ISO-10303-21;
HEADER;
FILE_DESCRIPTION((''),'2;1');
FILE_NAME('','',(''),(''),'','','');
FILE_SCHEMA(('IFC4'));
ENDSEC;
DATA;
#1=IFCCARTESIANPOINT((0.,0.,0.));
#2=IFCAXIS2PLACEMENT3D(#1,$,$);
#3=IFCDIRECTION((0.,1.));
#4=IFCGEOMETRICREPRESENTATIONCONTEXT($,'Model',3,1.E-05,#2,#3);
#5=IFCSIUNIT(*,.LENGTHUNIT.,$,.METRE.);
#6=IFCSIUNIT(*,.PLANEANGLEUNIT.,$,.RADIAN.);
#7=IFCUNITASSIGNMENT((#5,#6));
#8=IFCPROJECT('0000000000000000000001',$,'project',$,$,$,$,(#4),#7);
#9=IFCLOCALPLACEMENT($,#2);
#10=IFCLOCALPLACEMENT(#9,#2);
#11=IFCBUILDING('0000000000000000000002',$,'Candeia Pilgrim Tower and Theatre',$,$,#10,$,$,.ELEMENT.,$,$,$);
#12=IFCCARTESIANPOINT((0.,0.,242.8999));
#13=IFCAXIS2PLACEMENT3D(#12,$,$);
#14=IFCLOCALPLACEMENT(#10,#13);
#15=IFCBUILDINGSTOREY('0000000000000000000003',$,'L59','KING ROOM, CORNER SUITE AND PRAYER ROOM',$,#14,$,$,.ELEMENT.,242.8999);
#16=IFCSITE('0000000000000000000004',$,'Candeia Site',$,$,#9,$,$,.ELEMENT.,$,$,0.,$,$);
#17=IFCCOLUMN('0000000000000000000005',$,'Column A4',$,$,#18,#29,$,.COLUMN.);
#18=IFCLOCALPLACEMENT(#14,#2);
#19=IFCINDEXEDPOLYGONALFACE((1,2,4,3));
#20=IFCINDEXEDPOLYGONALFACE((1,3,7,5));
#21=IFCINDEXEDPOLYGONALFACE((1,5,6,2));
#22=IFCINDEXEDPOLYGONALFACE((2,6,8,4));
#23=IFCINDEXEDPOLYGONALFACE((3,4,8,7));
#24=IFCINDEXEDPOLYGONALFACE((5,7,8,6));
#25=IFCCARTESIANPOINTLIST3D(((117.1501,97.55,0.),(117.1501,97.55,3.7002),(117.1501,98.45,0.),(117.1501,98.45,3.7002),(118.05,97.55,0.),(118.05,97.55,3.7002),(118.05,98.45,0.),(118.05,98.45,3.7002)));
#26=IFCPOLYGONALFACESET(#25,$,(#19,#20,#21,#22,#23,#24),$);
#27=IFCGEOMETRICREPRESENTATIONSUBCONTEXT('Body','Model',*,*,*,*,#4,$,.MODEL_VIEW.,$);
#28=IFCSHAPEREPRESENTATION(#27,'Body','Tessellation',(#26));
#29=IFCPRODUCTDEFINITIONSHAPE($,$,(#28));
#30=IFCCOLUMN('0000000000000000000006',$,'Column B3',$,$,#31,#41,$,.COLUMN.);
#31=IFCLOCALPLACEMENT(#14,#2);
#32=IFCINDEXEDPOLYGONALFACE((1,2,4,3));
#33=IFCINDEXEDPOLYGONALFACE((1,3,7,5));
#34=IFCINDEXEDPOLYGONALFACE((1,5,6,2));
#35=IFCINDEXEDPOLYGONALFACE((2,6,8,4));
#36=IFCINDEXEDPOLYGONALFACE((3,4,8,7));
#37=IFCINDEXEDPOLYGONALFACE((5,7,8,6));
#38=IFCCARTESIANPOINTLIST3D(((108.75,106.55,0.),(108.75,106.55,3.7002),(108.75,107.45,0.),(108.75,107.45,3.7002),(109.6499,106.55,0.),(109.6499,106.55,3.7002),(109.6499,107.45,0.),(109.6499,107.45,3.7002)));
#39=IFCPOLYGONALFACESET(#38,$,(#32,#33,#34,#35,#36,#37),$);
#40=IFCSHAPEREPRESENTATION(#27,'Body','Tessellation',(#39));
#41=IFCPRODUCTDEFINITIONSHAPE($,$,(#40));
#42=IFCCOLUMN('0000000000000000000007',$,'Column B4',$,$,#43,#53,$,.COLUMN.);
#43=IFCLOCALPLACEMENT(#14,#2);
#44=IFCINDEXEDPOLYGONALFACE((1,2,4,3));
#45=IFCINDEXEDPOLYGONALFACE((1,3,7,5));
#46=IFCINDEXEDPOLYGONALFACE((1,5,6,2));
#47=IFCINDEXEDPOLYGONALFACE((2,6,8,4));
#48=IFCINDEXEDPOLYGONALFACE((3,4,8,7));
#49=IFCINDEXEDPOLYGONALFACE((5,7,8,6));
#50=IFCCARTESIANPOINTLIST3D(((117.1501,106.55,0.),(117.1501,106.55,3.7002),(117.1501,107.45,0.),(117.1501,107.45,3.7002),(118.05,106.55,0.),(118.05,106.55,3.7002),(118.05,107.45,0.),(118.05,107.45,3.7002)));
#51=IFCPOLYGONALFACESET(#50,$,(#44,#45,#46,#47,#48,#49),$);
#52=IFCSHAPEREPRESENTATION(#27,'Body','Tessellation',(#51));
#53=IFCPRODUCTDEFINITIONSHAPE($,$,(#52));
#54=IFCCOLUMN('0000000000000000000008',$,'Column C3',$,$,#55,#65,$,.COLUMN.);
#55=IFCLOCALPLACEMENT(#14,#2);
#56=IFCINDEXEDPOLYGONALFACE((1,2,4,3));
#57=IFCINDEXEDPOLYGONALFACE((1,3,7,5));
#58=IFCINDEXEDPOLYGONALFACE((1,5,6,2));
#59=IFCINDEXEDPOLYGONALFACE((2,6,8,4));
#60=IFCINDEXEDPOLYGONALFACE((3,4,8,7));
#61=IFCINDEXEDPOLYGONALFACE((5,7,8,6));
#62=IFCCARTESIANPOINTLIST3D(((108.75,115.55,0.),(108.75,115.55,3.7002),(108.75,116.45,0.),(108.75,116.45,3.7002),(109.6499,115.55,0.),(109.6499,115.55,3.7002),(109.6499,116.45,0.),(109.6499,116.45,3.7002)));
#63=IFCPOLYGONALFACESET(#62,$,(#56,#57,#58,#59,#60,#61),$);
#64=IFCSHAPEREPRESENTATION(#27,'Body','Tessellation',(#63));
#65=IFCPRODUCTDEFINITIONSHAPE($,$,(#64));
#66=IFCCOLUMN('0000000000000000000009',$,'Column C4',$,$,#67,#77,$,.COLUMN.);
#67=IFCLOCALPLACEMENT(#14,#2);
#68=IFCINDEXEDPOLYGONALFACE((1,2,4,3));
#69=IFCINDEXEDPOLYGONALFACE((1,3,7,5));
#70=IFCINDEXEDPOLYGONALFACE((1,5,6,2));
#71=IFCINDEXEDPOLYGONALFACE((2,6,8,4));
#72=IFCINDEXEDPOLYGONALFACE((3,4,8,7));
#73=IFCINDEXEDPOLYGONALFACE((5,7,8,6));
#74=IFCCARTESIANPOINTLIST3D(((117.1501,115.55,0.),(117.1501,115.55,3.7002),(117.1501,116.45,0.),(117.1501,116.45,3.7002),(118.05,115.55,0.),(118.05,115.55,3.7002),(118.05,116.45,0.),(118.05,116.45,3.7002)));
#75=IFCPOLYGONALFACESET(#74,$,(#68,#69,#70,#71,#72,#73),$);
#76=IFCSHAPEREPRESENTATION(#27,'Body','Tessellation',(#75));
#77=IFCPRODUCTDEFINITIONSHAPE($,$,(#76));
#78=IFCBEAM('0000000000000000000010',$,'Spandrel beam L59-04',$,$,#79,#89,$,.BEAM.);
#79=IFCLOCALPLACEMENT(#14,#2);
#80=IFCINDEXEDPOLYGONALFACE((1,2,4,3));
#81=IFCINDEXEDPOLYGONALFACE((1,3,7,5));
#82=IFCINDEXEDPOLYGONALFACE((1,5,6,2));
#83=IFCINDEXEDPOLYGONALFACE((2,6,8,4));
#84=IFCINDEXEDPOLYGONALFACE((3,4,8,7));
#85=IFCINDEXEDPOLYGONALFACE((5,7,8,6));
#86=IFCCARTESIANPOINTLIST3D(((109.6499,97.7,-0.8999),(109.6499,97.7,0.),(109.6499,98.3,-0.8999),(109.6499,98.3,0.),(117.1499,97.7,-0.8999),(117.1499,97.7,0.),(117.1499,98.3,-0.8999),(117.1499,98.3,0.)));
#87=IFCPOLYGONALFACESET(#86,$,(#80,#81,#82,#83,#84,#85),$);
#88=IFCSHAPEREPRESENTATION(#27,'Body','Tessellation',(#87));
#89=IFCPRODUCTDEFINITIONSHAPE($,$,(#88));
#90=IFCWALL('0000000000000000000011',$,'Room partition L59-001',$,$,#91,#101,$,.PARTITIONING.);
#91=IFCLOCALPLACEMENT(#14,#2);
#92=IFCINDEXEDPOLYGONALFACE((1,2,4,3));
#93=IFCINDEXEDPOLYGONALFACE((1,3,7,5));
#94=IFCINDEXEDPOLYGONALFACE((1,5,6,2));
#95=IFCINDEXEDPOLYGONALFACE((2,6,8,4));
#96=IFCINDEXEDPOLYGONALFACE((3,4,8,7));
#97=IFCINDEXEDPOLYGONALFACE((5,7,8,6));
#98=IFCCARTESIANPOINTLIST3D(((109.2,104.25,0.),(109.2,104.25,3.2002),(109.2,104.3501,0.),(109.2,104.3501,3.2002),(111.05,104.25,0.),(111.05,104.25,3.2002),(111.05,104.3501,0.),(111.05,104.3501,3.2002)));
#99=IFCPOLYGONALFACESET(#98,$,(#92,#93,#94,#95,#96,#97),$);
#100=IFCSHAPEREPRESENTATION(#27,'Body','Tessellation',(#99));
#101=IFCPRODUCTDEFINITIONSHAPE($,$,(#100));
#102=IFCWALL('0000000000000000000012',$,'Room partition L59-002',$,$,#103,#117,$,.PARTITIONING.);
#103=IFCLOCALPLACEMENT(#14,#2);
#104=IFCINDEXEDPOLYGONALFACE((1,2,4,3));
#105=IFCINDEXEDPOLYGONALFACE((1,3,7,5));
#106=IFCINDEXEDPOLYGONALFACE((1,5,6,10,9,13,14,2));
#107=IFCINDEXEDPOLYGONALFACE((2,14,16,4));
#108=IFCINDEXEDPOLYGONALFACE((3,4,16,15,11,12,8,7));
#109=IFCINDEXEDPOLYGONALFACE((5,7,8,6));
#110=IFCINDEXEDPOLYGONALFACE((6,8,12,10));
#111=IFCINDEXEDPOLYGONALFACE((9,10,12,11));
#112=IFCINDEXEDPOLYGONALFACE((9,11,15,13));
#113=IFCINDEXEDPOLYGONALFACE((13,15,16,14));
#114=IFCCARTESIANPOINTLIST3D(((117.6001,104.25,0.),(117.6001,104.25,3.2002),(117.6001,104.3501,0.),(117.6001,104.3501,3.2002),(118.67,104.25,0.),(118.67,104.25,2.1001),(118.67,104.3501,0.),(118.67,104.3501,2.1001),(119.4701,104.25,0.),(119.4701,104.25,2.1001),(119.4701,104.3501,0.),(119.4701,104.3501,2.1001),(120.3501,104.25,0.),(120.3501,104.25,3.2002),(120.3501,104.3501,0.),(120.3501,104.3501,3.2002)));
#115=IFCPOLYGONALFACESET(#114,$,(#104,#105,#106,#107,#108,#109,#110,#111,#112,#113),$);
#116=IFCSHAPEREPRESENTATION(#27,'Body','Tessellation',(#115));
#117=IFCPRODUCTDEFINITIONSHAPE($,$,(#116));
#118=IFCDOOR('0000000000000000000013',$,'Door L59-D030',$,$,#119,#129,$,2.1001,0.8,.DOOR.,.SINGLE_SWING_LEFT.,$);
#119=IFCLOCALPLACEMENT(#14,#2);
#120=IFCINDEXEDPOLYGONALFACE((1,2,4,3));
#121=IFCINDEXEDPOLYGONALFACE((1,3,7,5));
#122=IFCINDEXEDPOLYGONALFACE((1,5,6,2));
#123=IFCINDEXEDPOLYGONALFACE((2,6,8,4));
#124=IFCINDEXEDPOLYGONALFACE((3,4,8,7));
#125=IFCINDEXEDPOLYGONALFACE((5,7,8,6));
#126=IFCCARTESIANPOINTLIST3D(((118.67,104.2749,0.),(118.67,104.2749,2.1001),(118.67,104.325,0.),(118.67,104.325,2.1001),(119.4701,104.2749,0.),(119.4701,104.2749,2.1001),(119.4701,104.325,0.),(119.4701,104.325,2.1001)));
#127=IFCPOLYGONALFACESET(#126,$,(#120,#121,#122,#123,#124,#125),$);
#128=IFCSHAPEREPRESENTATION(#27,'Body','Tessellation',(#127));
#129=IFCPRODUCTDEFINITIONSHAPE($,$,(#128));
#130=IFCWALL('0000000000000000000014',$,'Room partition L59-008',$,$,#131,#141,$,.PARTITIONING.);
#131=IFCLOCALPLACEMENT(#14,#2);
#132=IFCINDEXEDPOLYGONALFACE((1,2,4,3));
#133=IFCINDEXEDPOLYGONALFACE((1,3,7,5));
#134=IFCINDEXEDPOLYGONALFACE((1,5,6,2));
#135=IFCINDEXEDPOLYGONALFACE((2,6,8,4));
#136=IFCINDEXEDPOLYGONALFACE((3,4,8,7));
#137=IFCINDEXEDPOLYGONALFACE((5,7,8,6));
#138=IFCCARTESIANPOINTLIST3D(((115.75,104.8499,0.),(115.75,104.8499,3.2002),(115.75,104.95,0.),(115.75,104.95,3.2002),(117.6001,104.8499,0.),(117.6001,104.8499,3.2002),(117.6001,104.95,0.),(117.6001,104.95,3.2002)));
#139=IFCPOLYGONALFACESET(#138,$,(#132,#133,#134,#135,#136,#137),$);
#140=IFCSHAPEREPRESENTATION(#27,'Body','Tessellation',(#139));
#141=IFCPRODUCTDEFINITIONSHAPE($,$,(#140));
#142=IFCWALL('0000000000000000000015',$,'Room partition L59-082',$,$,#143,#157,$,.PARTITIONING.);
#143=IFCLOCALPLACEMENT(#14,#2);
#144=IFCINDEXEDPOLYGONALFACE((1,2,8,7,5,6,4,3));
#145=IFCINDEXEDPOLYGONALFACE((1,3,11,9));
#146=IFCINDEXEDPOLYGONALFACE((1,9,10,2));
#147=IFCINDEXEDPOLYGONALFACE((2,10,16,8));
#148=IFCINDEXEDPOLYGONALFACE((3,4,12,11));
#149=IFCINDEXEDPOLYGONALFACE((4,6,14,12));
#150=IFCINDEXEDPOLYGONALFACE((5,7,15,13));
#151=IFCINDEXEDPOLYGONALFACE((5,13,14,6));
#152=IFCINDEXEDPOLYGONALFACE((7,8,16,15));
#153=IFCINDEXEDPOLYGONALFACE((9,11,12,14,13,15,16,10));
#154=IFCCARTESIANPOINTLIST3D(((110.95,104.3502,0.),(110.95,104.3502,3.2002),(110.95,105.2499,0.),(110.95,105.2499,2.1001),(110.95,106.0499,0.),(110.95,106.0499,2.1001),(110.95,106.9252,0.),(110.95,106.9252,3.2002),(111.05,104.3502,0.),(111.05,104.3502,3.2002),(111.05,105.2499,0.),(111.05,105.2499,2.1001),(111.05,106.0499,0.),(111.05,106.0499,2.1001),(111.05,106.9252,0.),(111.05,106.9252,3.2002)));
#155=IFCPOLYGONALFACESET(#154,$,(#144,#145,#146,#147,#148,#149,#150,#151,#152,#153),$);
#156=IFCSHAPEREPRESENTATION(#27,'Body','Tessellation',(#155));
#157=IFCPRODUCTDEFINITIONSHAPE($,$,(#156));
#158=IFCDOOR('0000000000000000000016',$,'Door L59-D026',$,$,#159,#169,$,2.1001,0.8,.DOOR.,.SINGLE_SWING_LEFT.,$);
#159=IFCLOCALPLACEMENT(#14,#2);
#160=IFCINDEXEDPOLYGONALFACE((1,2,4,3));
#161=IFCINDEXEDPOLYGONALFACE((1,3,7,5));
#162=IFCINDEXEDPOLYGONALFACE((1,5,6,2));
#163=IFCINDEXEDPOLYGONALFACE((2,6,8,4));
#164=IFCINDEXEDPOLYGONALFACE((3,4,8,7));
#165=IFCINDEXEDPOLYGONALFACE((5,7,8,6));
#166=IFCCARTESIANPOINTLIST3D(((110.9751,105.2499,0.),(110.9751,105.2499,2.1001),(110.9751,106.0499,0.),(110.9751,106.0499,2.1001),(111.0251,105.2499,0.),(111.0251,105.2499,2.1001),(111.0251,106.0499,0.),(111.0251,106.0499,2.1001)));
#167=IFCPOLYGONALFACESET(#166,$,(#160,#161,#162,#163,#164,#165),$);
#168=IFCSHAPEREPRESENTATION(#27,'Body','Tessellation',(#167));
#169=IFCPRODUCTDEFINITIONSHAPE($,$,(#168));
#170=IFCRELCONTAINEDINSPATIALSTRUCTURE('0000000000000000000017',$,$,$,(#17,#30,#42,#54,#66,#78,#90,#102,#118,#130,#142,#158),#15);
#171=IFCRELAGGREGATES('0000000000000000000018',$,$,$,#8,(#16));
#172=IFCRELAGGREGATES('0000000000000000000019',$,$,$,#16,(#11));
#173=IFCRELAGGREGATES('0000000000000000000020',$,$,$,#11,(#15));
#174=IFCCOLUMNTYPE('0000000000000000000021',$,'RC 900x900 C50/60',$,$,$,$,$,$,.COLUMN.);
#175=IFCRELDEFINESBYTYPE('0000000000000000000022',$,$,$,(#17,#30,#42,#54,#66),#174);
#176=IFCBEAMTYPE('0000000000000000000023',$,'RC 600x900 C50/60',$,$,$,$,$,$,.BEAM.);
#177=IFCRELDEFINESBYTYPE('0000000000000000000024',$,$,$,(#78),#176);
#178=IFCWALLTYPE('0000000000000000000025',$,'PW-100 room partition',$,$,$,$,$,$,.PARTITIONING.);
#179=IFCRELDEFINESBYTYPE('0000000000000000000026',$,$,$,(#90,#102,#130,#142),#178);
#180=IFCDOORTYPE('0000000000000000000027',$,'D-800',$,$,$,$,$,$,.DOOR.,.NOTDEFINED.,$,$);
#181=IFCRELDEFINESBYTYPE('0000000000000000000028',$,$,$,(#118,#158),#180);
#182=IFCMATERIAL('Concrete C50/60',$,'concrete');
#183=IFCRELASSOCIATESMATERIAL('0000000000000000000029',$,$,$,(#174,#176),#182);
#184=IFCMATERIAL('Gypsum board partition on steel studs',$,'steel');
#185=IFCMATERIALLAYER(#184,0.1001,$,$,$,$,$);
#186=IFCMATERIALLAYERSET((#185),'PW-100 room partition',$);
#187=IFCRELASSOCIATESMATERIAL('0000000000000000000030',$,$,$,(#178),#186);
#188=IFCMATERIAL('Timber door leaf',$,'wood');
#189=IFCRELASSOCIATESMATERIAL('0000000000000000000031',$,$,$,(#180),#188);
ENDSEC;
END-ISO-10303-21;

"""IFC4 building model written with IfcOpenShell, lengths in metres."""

from ifc_helpers import new_model, si_unit, direction, frame, frame_2d, origin, origin_2d, place, context, subcontext, project, spatial, rectangle, extrude, material, layer, layer_set, material_profile, profile_set, type_object, element, fill, save


model = new_model("IFC4")

# Units and contexts
model_context = context("Model", 3, precision=1e-05, world=origin(), true_north=direction((0.0, 1.0)))
body_context = subcontext(model_context, "Body", "Model", "MODEL_VIEW")
ifc_project = project(units=[si_unit("LENGTHUNIT", "METRE"), si_unit("PLANEANGLEUNIT", "RADIAN")], contexts=[model_context])

# Site, building, storey
site_placement = place(None, origin())
site = spatial("IfcSite", under=ifc_project, at=site_placement, Name="Candeia Site", CompositionType="ELEMENT", RefElevation=0.0)
building_placement = place(site_placement, origin())
building = spatial("IfcBuilding", under=site, at=building_placement, Name="Candeia Pilgrim Tower and Theatre", CompositionType="ELEMENT")
storey_placement = place(building_placement, frame((0.0, 0.0, 242.8999)))
storey = spatial("IfcBuildingStorey", under=building, at=storey_placement, Name="L59", Description="KING ROOM, CORNER SUITE AND PRAYER ROOM", CompositionType="ELEMENT", Elevation=242.8999)

# Columns
ifc_material_1 = material(Name="Concrete C50/60", Category="concrete")
ifc_material_profile_1 = material_profile(ifc_material_1, rectangle(XDim=0.8999, YDim=0.8999, at=origin_2d()))
ifc_profile_set_1 = profile_set([ifc_material_profile_1], Name="Concrete C50/60")
column_type = type_object("IfcColumnType", Name="RC 900x900 C50/60", PredefinedType="COLUMN", material=ifc_profile_set_1)
for number, where, z_axis, x_axis, name in (
    (1, (117.6001, 98.0, 0.0), (0.0, 0.0, 1.0), (1.0, 0.0, 0.0), "Column A4"),
    (2, (109.2, 107.0, 0.0), (0.0, 0.0, 1.0), (1.0, 0.0, 0.0), "Column B3"),
    (3, (117.6001, 107.0, 0.0), (0.0, 0.0, 1.0), (1.0, 0.0, 0.0), "Column B4"),
    (4, (109.2, 116.0, 0.0), (0.0, 0.0, 1.0), (1.0, 0.0, 0.0), "Column C3"),
    (5, (117.6001, 116.0, 0.0), (0.0, 0.0, 1.0), (1.0, 0.0, 0.0), "Column C4"),
):
    element("IfcColumn", number, at=place(storey_placement, frame(where, z_axis=z_axis, x_axis=x_axis)), inside=storey, type_object=column_type, Name=name, PredefinedType="COLUMN", context=body_context, shape_type="SweptSolid", body=[
        extrude(rectangle(XDim=0.8999, YDim=0.8999, at=origin_2d()), origin(), (0.0, 0.0, 1.0), 3.7002),
    ])

# Beam
ifc_material_profile_2 = material_profile(ifc_material_1, rectangle(XDim=0.6001, YDim=0.8999, at=origin_2d()))
ifc_profile_set_2 = profile_set([ifc_material_profile_2], Name="Concrete C50/60")
beam_type = type_object("IfcBeamType", Name="RC 600x900 C50/60", PredefinedType="BEAM", material=ifc_profile_set_2)
beam_placement = place(storey_placement, frame((109.6499, 98.0, -0.45), z_axis=(1.0, 0.0, 0.0), x_axis=(0.0, 1.0, 0.0)))
element("IfcBeam", 6, at=beam_placement, inside=storey, type_object=beam_type, Name="Spandrel beam L59-04", PredefinedType="BEAM", context=body_context, shape_type="SweptSolid", body=[
    extrude(rectangle(XDim=0.6001, YDim=0.8999, at=origin_2d()), origin(), (0.0, 0.0, 1.0), 7.5),
])

# Wall
ifc_material_2 = material(Name="Gypsum board partition on steel studs", Category="steel")
ifc_layer_1 = layer(ifc_material_2, 0.1001)
ifc_layer_set_1 = layer_set([ifc_layer_1], Name="PW-100 room partition")
wall_type_1 = type_object("IfcWallType", Name="PW-100 room partition", PredefinedType="PARTITIONING", material=ifc_layer_set_1)
wall_1_placement = place(storey_placement, frame((109.2, 104.3, 0.0), z_axis=(0.0, 0.0, 1.0), x_axis=(1.0, 0.0, 0.0)))
element("IfcWall", 7, at=wall_1_placement, inside=storey, type_object=wall_type_1, Name="Room partition L59-001", PredefinedType="PARTITIONING", context=body_context, shape_type="SweptSolid", body=[
    extrude(rectangle(XDim=1.8501, YDim=0.1001, at=frame_2d((0.925, 0.0))), origin(), (0.0, 0.0, 1.0), 3.2002),
])

# Wall, opening, door
wall_2_placement = place(storey_placement, frame((117.6001, 104.3, 0.0), z_axis=(0.0, 0.0, 1.0), x_axis=(1.0, 0.0, 0.0)))
wall_2 = element("IfcWall", 8, at=wall_2_placement, inside=storey, type_object=wall_type_1, Name="Room partition L59-002", PredefinedType="PARTITIONING", context=body_context, shape_type="SweptSolid", body=[
    extrude(rectangle(XDim=2.75, YDim=0.1001, at=frame_2d((1.375, 0.0))), origin(), (0.0, 0.0, 1.0), 3.2002),
])
opening_1_placement = place(wall_2_placement, frame((1.0701, 0.0, 0.0)))
opening_1 = element("IfcOpeningElement", 9, at=opening_1_placement, cuts=wall_2, PredefinedType="OPENING", context=body_context, shape_type="SweptSolid", body=[
    extrude(rectangle(XDim=0.8, YDim=2.1001, at=frame_2d((0.3999, 1.05))), frame((0.0, 0.0601, 0.0), z_axis=(0.0, -1.0, 0.0), x_axis=(1.0, 0.0, 0.0)), (0.0, 0.0, 1.0), 0.1201),
])
ifc_material_3 = material(Name="Timber door leaf", Category="wood")
door_type = type_object("IfcDoorType", Name="D-800", OperationType="NOTDEFINED", PredefinedType="DOOR", material=ifc_material_3)
door_1_placement = place(opening_1_placement, origin())
door_1 = element("IfcDoor", 10, at=door_1_placement, inside=storey, type_object=door_type, Name="Door L59-D030", OperationType="SINGLE_SWING_LEFT", OverallHeight=2.1001, OverallWidth=0.8, PredefinedType="DOOR", context=body_context, shape_type="SweptSolid", body=[
    extrude(rectangle(XDim=0.8, YDim=2.1001, at=frame_2d((0.3999, 1.05))), frame((0.0, 0.0249, 0.0), z_axis=(0.0, -1.0, 0.0), x_axis=(1.0, 0.0, 0.0)), (0.0, 0.0, 1.0), 0.05),
])
fill(opening_1, door_1)

# Wall
wall_3_placement = place(storey_placement, frame((115.75, 104.8999, 0.0), z_axis=(0.0, 0.0, 1.0), x_axis=(1.0, 0.0, 0.0)))
element("IfcWall", 11, at=wall_3_placement, inside=storey, type_object=wall_type_1, Name="Room partition L59-008", PredefinedType="PARTITIONING", context=body_context, shape_type="SweptSolid", body=[
    extrude(rectangle(XDim=1.8501, YDim=0.1001, at=frame_2d((0.925, 0.0))), origin(), (0.0, 0.0, 1.0), 3.2002),
])

# Wall, opening, door
wall_4_placement = place(storey_placement, frame((111.0, 104.3501, 0.0), z_axis=(0.0, 0.0, 1.0), x_axis=(0.0, 1.0, 0.0)))
wall_4 = element("IfcWall", 12, at=wall_4_placement, inside=storey, type_object=wall_type_1, Name="Room partition L59-082", PredefinedType="PARTITIONING", context=body_context, shape_type="SweptSolid", body=[
    extrude(rectangle(XDim=2.575, YDim=0.1001, at=frame_2d((1.2876, 0.0))), origin(), (0.0, 0.0, 1.0), 3.2002),
])
opening_2_placement = place(wall_4_placement, frame((0.8999, 0.0, 0.0)))
opening_2 = element("IfcOpeningElement", 13, at=opening_2_placement, cuts=wall_4, PredefinedType="OPENING", context=body_context, shape_type="SweptSolid", body=[
    extrude(rectangle(XDim=0.8, YDim=2.1001, at=frame_2d((0.3999, 1.05))), frame((0.0, 0.0601, 0.0), z_axis=(0.0, -1.0, 0.0), x_axis=(1.0, 0.0, 0.0)), (0.0, 0.0, 1.0), 0.1201),
])
door_2_placement = place(opening_2_placement, origin())
door_2 = element("IfcDoor", 14, at=door_2_placement, inside=storey, type_object=door_type, Name="Door L59-D026", OperationType="SINGLE_SWING_LEFT", OverallHeight=2.1001, OverallWidth=0.8, PredefinedType="DOOR", context=body_context, shape_type="SweptSolid", body=[
    extrude(rectangle(XDim=0.8, YDim=2.1001, at=frame_2d((0.3999, 1.05))), frame((0.0, 0.0249, 0.0), z_axis=(0.0, -1.0, 0.0), x_axis=(1.0, 0.0, 0.0)), (0.0, 0.0, 1.0), 0.05),
])
fill(opening_2, door_2)

save(model, "model.ifc")
